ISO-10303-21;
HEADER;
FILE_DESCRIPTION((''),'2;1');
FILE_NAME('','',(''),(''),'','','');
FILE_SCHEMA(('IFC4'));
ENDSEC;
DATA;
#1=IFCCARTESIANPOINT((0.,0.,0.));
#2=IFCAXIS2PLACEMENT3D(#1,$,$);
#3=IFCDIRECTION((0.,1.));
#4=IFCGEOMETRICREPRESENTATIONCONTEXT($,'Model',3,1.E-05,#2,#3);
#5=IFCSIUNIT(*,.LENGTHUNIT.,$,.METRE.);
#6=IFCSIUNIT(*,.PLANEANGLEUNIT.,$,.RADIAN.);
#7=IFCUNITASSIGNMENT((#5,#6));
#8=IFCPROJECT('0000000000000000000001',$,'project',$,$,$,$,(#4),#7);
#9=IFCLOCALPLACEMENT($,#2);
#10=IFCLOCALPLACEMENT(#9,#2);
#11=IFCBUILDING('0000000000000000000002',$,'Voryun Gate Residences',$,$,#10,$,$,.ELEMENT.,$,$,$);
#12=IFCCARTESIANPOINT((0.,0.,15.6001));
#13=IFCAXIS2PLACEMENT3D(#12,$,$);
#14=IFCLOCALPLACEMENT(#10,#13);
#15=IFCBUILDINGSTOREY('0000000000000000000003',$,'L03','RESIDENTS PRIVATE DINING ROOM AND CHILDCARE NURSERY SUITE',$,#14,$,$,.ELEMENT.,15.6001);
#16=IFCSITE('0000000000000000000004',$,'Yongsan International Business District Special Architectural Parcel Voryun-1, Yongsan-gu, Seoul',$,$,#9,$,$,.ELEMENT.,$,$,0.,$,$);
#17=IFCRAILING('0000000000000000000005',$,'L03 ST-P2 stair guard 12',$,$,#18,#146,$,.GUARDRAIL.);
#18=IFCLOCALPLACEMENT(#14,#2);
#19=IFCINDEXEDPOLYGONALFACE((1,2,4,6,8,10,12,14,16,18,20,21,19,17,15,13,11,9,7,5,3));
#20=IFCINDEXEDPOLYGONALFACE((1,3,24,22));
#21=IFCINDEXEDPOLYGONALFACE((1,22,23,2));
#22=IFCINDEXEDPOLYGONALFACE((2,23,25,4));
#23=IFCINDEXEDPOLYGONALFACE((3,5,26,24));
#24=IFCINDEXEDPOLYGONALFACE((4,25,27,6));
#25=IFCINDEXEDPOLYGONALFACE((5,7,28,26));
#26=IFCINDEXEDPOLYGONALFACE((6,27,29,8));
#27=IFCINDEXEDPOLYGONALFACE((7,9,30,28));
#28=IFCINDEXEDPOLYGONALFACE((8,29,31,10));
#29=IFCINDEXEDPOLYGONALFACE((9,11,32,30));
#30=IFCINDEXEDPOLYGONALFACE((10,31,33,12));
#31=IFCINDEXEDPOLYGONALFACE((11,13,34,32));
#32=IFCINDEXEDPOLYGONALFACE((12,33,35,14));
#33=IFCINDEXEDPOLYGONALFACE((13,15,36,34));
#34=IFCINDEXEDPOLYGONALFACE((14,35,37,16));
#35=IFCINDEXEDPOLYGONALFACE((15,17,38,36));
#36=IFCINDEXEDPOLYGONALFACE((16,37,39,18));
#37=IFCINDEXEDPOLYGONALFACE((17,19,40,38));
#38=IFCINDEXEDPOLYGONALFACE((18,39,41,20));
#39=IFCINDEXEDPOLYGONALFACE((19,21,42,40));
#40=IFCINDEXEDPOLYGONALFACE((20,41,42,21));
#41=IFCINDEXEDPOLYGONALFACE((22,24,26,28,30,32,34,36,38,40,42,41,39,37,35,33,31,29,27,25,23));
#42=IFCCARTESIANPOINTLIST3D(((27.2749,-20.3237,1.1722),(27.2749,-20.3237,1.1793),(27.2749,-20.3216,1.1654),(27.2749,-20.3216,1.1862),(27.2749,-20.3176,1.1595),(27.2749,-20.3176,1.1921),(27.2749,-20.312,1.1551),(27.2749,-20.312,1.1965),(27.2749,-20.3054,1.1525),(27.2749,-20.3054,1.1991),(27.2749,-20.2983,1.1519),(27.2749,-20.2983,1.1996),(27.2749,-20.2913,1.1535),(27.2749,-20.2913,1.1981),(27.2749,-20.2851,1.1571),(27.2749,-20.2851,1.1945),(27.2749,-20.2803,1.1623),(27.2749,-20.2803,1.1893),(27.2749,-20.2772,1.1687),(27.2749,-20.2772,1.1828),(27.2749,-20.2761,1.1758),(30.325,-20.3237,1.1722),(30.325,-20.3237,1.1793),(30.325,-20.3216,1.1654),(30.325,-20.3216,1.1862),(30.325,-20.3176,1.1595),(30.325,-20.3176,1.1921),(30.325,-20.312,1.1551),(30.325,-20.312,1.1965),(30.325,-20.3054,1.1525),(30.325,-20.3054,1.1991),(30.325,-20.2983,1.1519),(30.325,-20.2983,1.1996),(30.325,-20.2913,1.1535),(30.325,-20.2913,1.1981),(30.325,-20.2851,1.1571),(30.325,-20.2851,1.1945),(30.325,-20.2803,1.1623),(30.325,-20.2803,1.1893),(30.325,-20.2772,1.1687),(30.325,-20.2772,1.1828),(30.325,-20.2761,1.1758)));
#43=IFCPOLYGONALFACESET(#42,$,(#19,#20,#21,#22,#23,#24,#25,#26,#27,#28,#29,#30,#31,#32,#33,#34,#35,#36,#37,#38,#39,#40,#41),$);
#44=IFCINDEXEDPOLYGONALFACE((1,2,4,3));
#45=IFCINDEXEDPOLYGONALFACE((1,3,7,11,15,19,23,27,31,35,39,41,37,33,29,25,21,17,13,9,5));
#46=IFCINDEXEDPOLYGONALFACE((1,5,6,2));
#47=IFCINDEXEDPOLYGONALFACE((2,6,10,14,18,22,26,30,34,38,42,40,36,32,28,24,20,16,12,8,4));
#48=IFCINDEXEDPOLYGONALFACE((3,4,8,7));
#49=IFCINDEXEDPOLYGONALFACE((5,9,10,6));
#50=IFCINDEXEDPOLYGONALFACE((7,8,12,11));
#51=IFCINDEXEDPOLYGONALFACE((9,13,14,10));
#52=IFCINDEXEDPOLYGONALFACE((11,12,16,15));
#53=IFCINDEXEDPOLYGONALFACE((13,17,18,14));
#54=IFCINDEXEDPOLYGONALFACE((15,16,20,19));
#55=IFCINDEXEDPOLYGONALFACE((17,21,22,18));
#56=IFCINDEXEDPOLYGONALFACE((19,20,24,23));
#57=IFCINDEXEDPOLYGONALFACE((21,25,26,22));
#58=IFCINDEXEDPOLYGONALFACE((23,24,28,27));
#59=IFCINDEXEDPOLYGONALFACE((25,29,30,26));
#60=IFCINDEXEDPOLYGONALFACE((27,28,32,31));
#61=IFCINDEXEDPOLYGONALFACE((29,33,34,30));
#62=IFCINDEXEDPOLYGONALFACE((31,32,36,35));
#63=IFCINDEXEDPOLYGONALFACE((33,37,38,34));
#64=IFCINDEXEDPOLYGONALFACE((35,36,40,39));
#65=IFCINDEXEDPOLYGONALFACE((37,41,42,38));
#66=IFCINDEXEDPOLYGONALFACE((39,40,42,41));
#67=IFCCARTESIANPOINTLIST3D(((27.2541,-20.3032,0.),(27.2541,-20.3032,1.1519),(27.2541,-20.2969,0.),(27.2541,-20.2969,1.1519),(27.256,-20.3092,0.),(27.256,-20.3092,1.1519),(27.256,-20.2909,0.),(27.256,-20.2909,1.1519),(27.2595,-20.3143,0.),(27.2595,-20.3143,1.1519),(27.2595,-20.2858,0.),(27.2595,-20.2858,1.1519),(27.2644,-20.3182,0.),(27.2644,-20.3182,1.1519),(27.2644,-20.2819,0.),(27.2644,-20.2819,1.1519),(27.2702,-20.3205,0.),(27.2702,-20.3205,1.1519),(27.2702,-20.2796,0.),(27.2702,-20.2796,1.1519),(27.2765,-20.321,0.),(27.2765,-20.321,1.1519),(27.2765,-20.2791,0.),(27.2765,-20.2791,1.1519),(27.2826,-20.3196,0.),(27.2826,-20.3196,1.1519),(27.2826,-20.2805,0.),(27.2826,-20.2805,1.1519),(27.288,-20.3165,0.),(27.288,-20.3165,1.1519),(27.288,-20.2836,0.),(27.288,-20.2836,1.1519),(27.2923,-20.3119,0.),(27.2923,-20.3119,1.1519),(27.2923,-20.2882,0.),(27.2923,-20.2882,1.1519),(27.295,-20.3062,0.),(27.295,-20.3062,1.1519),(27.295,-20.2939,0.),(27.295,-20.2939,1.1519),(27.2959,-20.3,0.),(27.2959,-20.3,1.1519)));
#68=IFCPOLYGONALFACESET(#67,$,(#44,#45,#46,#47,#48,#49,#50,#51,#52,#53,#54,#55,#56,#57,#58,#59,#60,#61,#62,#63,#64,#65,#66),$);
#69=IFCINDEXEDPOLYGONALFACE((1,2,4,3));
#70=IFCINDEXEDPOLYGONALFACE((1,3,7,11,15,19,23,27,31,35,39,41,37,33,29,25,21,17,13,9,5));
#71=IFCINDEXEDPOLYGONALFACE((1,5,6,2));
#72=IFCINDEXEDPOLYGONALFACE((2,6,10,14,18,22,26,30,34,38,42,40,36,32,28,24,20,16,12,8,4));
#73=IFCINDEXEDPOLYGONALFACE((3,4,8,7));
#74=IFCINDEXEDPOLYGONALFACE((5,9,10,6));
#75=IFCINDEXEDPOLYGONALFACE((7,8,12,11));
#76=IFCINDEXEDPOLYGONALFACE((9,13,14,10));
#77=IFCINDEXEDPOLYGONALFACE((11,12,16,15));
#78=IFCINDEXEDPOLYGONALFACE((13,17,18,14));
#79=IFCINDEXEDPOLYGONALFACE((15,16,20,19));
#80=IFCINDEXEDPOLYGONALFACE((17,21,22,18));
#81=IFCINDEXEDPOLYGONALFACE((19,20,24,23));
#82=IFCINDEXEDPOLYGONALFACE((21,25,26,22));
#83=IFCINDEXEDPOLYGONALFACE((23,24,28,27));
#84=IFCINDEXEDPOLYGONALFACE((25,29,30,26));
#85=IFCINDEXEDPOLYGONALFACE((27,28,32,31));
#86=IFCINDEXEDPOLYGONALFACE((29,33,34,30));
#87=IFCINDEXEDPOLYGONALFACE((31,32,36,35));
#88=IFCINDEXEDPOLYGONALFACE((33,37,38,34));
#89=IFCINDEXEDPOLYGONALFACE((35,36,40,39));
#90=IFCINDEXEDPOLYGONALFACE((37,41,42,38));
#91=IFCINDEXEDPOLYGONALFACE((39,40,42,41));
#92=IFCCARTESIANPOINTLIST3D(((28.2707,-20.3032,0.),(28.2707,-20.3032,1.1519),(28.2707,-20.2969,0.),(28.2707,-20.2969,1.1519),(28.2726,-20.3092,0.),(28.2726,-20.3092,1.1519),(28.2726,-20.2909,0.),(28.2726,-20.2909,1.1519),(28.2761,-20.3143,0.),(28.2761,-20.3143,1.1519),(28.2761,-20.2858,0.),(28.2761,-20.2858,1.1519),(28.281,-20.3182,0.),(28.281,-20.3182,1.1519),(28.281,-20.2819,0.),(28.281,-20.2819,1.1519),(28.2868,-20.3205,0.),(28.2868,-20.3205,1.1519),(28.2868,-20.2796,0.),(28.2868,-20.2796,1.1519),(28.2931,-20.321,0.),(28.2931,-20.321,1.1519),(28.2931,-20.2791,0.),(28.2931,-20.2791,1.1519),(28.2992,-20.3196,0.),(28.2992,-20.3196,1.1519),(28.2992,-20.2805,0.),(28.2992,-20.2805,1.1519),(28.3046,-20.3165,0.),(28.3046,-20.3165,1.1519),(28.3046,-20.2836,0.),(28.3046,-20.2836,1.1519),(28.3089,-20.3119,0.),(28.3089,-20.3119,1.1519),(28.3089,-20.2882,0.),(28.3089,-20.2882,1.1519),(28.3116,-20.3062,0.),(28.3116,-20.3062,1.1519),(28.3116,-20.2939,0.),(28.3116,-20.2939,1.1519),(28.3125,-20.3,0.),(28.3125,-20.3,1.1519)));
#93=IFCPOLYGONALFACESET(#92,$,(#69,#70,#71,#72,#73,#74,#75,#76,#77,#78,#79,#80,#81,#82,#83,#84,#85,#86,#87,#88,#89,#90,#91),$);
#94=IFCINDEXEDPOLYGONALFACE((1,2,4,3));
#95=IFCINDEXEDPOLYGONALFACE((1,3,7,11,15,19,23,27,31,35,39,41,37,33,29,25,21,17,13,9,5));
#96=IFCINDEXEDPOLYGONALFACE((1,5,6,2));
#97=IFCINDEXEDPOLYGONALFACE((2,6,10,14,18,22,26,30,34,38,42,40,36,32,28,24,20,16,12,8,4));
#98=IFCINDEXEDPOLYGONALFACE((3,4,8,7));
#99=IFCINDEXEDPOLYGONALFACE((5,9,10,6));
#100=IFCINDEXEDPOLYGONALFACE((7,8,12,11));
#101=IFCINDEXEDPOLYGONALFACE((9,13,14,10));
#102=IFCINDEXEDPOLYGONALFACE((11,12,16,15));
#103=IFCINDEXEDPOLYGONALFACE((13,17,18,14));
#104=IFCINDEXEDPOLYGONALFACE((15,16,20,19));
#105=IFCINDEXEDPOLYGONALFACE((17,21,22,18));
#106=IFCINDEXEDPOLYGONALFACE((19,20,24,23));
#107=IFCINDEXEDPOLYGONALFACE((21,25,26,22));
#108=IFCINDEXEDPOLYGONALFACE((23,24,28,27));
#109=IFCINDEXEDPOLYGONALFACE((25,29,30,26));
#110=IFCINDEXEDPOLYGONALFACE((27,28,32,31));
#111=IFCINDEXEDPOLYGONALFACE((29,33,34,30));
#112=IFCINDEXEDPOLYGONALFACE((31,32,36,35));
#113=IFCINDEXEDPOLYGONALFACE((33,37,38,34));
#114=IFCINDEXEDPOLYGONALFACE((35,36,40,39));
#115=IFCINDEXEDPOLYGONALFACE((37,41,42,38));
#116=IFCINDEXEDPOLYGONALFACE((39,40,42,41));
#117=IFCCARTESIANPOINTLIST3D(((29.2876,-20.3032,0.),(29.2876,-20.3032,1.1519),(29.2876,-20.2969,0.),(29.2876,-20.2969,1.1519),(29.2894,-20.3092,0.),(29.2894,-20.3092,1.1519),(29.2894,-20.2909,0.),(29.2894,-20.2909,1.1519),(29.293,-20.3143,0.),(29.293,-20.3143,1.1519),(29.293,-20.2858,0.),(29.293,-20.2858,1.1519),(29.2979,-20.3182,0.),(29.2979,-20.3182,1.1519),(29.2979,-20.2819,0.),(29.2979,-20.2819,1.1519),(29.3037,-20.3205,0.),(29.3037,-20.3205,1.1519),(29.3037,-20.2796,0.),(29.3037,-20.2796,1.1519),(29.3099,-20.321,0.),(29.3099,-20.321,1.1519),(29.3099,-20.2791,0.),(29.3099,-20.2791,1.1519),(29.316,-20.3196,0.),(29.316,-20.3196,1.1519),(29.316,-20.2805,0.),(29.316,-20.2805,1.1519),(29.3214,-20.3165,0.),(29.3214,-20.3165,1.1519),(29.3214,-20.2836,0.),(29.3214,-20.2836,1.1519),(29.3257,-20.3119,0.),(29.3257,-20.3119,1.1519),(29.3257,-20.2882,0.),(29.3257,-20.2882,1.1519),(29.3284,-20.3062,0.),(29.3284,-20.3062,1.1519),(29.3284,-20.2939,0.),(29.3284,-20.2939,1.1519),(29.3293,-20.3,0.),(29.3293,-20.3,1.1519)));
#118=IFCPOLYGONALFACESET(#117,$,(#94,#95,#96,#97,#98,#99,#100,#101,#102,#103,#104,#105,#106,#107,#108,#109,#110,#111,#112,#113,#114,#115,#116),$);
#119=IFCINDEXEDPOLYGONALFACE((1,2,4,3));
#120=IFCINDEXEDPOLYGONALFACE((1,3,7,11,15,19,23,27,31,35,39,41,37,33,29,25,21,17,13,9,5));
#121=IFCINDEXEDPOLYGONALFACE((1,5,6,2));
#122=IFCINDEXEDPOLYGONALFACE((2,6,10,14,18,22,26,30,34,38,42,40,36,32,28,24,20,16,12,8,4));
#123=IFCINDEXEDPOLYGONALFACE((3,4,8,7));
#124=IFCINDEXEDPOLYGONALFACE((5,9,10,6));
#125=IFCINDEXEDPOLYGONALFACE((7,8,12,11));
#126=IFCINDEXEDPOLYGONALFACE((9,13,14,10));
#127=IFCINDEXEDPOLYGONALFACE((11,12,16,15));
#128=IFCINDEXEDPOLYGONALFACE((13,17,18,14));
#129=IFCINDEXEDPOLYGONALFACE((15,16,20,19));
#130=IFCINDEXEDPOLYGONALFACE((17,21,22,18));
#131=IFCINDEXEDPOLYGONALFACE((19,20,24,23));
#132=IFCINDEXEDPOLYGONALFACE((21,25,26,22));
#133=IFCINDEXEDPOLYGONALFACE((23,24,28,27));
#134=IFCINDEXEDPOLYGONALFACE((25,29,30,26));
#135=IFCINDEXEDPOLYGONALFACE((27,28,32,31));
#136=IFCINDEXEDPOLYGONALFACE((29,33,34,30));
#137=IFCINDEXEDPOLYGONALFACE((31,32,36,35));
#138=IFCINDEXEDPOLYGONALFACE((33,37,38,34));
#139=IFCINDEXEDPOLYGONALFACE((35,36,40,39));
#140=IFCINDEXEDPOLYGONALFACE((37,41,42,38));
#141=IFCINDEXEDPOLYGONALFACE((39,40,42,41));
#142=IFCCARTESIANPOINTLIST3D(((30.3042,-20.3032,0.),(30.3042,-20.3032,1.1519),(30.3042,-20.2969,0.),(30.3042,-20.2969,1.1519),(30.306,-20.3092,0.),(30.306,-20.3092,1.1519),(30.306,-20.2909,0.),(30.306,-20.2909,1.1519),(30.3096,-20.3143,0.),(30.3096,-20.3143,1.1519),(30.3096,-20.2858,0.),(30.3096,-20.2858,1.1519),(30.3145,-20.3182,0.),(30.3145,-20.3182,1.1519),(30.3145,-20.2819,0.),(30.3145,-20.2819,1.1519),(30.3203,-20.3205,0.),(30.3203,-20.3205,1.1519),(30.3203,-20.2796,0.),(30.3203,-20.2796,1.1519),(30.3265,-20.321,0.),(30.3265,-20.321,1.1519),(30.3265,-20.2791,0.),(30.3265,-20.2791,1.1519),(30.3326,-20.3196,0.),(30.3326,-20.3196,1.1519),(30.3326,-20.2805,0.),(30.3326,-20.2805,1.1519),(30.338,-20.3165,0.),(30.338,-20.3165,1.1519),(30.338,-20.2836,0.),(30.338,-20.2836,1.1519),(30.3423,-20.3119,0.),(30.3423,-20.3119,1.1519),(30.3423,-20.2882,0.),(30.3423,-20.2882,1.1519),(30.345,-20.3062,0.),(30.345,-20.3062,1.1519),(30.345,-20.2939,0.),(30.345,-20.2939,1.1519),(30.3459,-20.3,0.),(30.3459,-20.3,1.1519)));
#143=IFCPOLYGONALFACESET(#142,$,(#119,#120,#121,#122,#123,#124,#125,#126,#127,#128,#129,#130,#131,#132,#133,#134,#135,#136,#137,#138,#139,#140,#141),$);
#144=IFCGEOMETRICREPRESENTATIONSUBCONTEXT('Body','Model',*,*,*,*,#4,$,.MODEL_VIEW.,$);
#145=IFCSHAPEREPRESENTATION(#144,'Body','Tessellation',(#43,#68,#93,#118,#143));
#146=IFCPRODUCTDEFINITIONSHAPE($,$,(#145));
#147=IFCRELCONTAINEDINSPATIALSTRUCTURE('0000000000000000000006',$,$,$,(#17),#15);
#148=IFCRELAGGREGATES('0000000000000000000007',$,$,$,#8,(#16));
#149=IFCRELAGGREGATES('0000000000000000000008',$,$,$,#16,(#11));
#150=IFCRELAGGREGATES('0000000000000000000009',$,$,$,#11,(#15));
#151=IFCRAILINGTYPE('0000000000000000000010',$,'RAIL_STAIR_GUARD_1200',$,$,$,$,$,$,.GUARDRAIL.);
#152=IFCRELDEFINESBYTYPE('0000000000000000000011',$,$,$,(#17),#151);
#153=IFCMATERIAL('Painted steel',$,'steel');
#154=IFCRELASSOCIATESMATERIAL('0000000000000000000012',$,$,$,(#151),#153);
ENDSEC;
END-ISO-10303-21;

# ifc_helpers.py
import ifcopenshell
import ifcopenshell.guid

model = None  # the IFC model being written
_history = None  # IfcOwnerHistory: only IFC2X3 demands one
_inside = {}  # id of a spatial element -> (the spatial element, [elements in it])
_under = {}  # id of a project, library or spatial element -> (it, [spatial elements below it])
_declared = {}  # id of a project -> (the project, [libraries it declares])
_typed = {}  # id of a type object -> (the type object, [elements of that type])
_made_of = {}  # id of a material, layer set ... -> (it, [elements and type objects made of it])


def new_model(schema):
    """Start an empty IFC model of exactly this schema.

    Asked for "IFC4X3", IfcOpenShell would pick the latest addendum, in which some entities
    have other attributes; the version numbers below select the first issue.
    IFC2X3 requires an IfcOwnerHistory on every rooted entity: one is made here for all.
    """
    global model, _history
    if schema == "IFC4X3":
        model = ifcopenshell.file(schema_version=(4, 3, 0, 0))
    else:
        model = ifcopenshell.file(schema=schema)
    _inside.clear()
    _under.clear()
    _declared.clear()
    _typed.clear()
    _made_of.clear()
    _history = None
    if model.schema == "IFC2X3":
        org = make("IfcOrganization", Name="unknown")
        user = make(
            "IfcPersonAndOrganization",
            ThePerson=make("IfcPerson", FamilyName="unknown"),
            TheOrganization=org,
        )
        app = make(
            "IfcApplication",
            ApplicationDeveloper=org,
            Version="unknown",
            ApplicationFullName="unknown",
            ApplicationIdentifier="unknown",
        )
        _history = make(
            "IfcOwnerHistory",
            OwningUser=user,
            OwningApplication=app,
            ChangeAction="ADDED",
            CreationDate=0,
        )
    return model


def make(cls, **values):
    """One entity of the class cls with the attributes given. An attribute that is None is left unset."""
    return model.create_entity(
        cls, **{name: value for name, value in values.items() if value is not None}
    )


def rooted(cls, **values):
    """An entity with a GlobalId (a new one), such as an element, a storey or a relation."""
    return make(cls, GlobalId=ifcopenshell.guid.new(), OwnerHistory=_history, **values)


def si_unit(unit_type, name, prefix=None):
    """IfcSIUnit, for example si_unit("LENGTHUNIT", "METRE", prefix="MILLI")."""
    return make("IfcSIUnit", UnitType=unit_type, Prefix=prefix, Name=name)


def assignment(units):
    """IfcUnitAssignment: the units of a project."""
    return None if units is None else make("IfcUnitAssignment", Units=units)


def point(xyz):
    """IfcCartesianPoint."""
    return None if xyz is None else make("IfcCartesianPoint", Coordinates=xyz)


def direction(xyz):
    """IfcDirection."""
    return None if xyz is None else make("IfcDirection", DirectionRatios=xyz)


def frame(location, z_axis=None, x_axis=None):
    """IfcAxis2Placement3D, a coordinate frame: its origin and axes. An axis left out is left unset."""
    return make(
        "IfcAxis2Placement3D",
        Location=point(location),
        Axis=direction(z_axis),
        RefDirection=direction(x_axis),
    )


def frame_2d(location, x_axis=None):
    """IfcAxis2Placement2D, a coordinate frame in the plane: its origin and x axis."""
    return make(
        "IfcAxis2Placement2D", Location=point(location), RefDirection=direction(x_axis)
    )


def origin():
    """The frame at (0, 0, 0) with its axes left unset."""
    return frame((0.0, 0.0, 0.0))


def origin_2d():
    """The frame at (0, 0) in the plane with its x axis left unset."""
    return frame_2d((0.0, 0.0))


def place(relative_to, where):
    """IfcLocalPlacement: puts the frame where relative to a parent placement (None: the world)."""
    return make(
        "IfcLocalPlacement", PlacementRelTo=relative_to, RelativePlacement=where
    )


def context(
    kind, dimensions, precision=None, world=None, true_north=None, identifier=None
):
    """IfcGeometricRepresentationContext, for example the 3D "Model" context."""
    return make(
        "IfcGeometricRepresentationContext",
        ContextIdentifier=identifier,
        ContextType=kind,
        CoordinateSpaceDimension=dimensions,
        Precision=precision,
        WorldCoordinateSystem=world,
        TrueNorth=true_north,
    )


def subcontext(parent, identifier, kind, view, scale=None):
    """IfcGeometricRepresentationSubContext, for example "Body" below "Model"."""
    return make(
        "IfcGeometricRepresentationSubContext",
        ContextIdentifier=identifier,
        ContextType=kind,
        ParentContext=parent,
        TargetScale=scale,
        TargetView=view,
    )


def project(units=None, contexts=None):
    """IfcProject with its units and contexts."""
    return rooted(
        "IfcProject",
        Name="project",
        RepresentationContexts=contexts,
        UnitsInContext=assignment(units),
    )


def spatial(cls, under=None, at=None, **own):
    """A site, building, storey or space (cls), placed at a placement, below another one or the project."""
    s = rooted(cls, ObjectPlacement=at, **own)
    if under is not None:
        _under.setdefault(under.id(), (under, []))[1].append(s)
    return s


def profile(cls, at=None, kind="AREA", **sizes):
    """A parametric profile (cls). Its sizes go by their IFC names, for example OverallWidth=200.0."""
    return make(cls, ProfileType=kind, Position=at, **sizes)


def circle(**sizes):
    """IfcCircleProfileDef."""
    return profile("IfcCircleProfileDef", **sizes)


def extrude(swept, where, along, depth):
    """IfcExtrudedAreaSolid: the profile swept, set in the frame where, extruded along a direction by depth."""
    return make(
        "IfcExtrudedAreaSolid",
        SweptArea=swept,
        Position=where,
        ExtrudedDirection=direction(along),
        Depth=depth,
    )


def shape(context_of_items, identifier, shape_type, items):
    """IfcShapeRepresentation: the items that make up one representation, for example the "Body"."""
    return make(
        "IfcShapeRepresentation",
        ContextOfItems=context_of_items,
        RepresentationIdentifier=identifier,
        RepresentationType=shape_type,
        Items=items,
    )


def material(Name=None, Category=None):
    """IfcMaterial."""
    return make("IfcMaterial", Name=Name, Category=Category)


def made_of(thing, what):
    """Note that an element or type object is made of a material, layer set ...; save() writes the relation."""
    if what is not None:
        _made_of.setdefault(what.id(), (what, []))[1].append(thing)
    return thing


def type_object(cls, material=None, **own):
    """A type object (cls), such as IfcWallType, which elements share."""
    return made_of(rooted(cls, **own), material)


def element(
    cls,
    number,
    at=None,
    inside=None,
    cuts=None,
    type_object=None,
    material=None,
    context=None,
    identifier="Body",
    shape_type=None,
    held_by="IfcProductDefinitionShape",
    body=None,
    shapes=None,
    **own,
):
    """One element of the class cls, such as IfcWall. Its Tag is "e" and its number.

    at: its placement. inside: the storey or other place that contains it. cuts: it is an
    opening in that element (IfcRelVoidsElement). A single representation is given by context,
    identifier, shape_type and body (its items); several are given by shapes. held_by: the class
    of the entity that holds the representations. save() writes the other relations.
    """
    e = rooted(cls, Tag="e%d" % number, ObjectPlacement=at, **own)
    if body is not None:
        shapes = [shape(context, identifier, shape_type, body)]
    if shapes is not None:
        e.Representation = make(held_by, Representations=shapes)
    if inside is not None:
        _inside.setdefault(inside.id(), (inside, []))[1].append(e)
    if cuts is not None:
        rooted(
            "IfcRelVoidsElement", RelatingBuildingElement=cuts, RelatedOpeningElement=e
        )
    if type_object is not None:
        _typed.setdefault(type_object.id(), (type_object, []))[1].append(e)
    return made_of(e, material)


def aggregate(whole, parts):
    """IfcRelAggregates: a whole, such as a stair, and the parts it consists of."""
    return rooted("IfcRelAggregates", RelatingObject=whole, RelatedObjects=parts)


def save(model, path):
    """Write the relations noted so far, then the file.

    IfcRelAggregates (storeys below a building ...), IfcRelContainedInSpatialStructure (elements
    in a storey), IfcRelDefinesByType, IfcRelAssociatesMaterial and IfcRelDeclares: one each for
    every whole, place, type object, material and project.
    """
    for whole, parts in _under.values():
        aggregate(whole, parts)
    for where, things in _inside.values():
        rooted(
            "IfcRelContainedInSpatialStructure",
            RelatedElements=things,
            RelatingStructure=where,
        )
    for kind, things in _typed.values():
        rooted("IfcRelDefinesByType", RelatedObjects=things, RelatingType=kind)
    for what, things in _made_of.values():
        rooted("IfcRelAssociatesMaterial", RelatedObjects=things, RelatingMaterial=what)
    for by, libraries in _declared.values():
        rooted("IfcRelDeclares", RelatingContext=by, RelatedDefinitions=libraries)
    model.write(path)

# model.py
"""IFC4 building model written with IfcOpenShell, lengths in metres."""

from ifc_helpers import new_model, si_unit, direction, frame, origin, origin_2d, place, context, subcontext, project, spatial, circle, extrude, material, type_object, element, save


model = new_model("IFC4")

# Units and contexts
model_context = context("Model", 3, precision=1e-05, world=origin(), true_north=direction((0.0, 1.0)))
body_context = subcontext(model_context, "Body", "Model", "MODEL_VIEW")
ifc_project = project(units=[si_unit("LENGTHUNIT", "METRE"), si_unit("PLANEANGLEUNIT", "RADIAN")], contexts=[model_context])

# Site, building, storey
site_placement = place(None, origin())
site = spatial("IfcSite", under=ifc_project, at=site_placement, Name="Yongsan International Business District Special Architectural Parcel Voryun-1, Yongsan-gu, Seoul", CompositionType="ELEMENT", RefElevation=0.0)
building_placement = place(site_placement, origin())
building = spatial("IfcBuilding", under=site, at=building_placement, Name="Voryun Gate Residences", CompositionType="ELEMENT")
storey_placement = place(building_placement, frame((0.0, 0.0, 15.6001)))
storey = spatial("IfcBuildingStorey", under=building, at=storey_placement, Name="L03", Description="RESIDENTS PRIVATE DINING ROOM AND CHILDCARE NURSERY SUITE", CompositionType="ELEMENT", Elevation=15.6001)

# Railing
ifc_material_1 = material(Name="Painted steel", Category="steel")
railing_type_1 = type_object("IfcRailingType", Name="RAIL_STAIR_GUARD_1200", PredefinedType="GUARDRAIL", material=ifc_material_1)
railing_1_placement = place(storey_placement, frame((27.2749, -20.3, 0.0)))
element("IfcRailing", 1, at=railing_1_placement, inside=storey, type_object=railing_type_1, Name="L03 ST-P2 stair guard 12", PredefinedType="GUARDRAIL", context=body_context, shape_type="SweptSolid", body=[
    extrude(circle(Radius=0.0239, at=origin_2d()), frame((0.0, 0.0, 1.1758), z_axis=(1.0, 0.0, 0.0), x_axis=(0.0, 1.0, 0.0)), (0.0, 0.0, 1.0), 3.05),
    extrude(circle(Radius=0.021, at=origin_2d()), origin(), (0.0, 0.0, 1.0), 1.1519),
    extrude(circle(Radius=0.021, at=origin_2d()), frame((1.0166, 0.0, 0.0)), (0.0, 0.0, 1.0), 1.1519),
    extrude(circle(Radius=0.021, at=origin_2d()), frame((2.0334, 0.0, 0.0)), (0.0, 0.0, 1.0), 1.1519),
    extrude(circle(Radius=0.021, at=origin_2d()), frame((3.05, 0.0, 0.0)), (0.0, 0.0, 1.0), 1.1519),
])

save(model, "model.ifc")
